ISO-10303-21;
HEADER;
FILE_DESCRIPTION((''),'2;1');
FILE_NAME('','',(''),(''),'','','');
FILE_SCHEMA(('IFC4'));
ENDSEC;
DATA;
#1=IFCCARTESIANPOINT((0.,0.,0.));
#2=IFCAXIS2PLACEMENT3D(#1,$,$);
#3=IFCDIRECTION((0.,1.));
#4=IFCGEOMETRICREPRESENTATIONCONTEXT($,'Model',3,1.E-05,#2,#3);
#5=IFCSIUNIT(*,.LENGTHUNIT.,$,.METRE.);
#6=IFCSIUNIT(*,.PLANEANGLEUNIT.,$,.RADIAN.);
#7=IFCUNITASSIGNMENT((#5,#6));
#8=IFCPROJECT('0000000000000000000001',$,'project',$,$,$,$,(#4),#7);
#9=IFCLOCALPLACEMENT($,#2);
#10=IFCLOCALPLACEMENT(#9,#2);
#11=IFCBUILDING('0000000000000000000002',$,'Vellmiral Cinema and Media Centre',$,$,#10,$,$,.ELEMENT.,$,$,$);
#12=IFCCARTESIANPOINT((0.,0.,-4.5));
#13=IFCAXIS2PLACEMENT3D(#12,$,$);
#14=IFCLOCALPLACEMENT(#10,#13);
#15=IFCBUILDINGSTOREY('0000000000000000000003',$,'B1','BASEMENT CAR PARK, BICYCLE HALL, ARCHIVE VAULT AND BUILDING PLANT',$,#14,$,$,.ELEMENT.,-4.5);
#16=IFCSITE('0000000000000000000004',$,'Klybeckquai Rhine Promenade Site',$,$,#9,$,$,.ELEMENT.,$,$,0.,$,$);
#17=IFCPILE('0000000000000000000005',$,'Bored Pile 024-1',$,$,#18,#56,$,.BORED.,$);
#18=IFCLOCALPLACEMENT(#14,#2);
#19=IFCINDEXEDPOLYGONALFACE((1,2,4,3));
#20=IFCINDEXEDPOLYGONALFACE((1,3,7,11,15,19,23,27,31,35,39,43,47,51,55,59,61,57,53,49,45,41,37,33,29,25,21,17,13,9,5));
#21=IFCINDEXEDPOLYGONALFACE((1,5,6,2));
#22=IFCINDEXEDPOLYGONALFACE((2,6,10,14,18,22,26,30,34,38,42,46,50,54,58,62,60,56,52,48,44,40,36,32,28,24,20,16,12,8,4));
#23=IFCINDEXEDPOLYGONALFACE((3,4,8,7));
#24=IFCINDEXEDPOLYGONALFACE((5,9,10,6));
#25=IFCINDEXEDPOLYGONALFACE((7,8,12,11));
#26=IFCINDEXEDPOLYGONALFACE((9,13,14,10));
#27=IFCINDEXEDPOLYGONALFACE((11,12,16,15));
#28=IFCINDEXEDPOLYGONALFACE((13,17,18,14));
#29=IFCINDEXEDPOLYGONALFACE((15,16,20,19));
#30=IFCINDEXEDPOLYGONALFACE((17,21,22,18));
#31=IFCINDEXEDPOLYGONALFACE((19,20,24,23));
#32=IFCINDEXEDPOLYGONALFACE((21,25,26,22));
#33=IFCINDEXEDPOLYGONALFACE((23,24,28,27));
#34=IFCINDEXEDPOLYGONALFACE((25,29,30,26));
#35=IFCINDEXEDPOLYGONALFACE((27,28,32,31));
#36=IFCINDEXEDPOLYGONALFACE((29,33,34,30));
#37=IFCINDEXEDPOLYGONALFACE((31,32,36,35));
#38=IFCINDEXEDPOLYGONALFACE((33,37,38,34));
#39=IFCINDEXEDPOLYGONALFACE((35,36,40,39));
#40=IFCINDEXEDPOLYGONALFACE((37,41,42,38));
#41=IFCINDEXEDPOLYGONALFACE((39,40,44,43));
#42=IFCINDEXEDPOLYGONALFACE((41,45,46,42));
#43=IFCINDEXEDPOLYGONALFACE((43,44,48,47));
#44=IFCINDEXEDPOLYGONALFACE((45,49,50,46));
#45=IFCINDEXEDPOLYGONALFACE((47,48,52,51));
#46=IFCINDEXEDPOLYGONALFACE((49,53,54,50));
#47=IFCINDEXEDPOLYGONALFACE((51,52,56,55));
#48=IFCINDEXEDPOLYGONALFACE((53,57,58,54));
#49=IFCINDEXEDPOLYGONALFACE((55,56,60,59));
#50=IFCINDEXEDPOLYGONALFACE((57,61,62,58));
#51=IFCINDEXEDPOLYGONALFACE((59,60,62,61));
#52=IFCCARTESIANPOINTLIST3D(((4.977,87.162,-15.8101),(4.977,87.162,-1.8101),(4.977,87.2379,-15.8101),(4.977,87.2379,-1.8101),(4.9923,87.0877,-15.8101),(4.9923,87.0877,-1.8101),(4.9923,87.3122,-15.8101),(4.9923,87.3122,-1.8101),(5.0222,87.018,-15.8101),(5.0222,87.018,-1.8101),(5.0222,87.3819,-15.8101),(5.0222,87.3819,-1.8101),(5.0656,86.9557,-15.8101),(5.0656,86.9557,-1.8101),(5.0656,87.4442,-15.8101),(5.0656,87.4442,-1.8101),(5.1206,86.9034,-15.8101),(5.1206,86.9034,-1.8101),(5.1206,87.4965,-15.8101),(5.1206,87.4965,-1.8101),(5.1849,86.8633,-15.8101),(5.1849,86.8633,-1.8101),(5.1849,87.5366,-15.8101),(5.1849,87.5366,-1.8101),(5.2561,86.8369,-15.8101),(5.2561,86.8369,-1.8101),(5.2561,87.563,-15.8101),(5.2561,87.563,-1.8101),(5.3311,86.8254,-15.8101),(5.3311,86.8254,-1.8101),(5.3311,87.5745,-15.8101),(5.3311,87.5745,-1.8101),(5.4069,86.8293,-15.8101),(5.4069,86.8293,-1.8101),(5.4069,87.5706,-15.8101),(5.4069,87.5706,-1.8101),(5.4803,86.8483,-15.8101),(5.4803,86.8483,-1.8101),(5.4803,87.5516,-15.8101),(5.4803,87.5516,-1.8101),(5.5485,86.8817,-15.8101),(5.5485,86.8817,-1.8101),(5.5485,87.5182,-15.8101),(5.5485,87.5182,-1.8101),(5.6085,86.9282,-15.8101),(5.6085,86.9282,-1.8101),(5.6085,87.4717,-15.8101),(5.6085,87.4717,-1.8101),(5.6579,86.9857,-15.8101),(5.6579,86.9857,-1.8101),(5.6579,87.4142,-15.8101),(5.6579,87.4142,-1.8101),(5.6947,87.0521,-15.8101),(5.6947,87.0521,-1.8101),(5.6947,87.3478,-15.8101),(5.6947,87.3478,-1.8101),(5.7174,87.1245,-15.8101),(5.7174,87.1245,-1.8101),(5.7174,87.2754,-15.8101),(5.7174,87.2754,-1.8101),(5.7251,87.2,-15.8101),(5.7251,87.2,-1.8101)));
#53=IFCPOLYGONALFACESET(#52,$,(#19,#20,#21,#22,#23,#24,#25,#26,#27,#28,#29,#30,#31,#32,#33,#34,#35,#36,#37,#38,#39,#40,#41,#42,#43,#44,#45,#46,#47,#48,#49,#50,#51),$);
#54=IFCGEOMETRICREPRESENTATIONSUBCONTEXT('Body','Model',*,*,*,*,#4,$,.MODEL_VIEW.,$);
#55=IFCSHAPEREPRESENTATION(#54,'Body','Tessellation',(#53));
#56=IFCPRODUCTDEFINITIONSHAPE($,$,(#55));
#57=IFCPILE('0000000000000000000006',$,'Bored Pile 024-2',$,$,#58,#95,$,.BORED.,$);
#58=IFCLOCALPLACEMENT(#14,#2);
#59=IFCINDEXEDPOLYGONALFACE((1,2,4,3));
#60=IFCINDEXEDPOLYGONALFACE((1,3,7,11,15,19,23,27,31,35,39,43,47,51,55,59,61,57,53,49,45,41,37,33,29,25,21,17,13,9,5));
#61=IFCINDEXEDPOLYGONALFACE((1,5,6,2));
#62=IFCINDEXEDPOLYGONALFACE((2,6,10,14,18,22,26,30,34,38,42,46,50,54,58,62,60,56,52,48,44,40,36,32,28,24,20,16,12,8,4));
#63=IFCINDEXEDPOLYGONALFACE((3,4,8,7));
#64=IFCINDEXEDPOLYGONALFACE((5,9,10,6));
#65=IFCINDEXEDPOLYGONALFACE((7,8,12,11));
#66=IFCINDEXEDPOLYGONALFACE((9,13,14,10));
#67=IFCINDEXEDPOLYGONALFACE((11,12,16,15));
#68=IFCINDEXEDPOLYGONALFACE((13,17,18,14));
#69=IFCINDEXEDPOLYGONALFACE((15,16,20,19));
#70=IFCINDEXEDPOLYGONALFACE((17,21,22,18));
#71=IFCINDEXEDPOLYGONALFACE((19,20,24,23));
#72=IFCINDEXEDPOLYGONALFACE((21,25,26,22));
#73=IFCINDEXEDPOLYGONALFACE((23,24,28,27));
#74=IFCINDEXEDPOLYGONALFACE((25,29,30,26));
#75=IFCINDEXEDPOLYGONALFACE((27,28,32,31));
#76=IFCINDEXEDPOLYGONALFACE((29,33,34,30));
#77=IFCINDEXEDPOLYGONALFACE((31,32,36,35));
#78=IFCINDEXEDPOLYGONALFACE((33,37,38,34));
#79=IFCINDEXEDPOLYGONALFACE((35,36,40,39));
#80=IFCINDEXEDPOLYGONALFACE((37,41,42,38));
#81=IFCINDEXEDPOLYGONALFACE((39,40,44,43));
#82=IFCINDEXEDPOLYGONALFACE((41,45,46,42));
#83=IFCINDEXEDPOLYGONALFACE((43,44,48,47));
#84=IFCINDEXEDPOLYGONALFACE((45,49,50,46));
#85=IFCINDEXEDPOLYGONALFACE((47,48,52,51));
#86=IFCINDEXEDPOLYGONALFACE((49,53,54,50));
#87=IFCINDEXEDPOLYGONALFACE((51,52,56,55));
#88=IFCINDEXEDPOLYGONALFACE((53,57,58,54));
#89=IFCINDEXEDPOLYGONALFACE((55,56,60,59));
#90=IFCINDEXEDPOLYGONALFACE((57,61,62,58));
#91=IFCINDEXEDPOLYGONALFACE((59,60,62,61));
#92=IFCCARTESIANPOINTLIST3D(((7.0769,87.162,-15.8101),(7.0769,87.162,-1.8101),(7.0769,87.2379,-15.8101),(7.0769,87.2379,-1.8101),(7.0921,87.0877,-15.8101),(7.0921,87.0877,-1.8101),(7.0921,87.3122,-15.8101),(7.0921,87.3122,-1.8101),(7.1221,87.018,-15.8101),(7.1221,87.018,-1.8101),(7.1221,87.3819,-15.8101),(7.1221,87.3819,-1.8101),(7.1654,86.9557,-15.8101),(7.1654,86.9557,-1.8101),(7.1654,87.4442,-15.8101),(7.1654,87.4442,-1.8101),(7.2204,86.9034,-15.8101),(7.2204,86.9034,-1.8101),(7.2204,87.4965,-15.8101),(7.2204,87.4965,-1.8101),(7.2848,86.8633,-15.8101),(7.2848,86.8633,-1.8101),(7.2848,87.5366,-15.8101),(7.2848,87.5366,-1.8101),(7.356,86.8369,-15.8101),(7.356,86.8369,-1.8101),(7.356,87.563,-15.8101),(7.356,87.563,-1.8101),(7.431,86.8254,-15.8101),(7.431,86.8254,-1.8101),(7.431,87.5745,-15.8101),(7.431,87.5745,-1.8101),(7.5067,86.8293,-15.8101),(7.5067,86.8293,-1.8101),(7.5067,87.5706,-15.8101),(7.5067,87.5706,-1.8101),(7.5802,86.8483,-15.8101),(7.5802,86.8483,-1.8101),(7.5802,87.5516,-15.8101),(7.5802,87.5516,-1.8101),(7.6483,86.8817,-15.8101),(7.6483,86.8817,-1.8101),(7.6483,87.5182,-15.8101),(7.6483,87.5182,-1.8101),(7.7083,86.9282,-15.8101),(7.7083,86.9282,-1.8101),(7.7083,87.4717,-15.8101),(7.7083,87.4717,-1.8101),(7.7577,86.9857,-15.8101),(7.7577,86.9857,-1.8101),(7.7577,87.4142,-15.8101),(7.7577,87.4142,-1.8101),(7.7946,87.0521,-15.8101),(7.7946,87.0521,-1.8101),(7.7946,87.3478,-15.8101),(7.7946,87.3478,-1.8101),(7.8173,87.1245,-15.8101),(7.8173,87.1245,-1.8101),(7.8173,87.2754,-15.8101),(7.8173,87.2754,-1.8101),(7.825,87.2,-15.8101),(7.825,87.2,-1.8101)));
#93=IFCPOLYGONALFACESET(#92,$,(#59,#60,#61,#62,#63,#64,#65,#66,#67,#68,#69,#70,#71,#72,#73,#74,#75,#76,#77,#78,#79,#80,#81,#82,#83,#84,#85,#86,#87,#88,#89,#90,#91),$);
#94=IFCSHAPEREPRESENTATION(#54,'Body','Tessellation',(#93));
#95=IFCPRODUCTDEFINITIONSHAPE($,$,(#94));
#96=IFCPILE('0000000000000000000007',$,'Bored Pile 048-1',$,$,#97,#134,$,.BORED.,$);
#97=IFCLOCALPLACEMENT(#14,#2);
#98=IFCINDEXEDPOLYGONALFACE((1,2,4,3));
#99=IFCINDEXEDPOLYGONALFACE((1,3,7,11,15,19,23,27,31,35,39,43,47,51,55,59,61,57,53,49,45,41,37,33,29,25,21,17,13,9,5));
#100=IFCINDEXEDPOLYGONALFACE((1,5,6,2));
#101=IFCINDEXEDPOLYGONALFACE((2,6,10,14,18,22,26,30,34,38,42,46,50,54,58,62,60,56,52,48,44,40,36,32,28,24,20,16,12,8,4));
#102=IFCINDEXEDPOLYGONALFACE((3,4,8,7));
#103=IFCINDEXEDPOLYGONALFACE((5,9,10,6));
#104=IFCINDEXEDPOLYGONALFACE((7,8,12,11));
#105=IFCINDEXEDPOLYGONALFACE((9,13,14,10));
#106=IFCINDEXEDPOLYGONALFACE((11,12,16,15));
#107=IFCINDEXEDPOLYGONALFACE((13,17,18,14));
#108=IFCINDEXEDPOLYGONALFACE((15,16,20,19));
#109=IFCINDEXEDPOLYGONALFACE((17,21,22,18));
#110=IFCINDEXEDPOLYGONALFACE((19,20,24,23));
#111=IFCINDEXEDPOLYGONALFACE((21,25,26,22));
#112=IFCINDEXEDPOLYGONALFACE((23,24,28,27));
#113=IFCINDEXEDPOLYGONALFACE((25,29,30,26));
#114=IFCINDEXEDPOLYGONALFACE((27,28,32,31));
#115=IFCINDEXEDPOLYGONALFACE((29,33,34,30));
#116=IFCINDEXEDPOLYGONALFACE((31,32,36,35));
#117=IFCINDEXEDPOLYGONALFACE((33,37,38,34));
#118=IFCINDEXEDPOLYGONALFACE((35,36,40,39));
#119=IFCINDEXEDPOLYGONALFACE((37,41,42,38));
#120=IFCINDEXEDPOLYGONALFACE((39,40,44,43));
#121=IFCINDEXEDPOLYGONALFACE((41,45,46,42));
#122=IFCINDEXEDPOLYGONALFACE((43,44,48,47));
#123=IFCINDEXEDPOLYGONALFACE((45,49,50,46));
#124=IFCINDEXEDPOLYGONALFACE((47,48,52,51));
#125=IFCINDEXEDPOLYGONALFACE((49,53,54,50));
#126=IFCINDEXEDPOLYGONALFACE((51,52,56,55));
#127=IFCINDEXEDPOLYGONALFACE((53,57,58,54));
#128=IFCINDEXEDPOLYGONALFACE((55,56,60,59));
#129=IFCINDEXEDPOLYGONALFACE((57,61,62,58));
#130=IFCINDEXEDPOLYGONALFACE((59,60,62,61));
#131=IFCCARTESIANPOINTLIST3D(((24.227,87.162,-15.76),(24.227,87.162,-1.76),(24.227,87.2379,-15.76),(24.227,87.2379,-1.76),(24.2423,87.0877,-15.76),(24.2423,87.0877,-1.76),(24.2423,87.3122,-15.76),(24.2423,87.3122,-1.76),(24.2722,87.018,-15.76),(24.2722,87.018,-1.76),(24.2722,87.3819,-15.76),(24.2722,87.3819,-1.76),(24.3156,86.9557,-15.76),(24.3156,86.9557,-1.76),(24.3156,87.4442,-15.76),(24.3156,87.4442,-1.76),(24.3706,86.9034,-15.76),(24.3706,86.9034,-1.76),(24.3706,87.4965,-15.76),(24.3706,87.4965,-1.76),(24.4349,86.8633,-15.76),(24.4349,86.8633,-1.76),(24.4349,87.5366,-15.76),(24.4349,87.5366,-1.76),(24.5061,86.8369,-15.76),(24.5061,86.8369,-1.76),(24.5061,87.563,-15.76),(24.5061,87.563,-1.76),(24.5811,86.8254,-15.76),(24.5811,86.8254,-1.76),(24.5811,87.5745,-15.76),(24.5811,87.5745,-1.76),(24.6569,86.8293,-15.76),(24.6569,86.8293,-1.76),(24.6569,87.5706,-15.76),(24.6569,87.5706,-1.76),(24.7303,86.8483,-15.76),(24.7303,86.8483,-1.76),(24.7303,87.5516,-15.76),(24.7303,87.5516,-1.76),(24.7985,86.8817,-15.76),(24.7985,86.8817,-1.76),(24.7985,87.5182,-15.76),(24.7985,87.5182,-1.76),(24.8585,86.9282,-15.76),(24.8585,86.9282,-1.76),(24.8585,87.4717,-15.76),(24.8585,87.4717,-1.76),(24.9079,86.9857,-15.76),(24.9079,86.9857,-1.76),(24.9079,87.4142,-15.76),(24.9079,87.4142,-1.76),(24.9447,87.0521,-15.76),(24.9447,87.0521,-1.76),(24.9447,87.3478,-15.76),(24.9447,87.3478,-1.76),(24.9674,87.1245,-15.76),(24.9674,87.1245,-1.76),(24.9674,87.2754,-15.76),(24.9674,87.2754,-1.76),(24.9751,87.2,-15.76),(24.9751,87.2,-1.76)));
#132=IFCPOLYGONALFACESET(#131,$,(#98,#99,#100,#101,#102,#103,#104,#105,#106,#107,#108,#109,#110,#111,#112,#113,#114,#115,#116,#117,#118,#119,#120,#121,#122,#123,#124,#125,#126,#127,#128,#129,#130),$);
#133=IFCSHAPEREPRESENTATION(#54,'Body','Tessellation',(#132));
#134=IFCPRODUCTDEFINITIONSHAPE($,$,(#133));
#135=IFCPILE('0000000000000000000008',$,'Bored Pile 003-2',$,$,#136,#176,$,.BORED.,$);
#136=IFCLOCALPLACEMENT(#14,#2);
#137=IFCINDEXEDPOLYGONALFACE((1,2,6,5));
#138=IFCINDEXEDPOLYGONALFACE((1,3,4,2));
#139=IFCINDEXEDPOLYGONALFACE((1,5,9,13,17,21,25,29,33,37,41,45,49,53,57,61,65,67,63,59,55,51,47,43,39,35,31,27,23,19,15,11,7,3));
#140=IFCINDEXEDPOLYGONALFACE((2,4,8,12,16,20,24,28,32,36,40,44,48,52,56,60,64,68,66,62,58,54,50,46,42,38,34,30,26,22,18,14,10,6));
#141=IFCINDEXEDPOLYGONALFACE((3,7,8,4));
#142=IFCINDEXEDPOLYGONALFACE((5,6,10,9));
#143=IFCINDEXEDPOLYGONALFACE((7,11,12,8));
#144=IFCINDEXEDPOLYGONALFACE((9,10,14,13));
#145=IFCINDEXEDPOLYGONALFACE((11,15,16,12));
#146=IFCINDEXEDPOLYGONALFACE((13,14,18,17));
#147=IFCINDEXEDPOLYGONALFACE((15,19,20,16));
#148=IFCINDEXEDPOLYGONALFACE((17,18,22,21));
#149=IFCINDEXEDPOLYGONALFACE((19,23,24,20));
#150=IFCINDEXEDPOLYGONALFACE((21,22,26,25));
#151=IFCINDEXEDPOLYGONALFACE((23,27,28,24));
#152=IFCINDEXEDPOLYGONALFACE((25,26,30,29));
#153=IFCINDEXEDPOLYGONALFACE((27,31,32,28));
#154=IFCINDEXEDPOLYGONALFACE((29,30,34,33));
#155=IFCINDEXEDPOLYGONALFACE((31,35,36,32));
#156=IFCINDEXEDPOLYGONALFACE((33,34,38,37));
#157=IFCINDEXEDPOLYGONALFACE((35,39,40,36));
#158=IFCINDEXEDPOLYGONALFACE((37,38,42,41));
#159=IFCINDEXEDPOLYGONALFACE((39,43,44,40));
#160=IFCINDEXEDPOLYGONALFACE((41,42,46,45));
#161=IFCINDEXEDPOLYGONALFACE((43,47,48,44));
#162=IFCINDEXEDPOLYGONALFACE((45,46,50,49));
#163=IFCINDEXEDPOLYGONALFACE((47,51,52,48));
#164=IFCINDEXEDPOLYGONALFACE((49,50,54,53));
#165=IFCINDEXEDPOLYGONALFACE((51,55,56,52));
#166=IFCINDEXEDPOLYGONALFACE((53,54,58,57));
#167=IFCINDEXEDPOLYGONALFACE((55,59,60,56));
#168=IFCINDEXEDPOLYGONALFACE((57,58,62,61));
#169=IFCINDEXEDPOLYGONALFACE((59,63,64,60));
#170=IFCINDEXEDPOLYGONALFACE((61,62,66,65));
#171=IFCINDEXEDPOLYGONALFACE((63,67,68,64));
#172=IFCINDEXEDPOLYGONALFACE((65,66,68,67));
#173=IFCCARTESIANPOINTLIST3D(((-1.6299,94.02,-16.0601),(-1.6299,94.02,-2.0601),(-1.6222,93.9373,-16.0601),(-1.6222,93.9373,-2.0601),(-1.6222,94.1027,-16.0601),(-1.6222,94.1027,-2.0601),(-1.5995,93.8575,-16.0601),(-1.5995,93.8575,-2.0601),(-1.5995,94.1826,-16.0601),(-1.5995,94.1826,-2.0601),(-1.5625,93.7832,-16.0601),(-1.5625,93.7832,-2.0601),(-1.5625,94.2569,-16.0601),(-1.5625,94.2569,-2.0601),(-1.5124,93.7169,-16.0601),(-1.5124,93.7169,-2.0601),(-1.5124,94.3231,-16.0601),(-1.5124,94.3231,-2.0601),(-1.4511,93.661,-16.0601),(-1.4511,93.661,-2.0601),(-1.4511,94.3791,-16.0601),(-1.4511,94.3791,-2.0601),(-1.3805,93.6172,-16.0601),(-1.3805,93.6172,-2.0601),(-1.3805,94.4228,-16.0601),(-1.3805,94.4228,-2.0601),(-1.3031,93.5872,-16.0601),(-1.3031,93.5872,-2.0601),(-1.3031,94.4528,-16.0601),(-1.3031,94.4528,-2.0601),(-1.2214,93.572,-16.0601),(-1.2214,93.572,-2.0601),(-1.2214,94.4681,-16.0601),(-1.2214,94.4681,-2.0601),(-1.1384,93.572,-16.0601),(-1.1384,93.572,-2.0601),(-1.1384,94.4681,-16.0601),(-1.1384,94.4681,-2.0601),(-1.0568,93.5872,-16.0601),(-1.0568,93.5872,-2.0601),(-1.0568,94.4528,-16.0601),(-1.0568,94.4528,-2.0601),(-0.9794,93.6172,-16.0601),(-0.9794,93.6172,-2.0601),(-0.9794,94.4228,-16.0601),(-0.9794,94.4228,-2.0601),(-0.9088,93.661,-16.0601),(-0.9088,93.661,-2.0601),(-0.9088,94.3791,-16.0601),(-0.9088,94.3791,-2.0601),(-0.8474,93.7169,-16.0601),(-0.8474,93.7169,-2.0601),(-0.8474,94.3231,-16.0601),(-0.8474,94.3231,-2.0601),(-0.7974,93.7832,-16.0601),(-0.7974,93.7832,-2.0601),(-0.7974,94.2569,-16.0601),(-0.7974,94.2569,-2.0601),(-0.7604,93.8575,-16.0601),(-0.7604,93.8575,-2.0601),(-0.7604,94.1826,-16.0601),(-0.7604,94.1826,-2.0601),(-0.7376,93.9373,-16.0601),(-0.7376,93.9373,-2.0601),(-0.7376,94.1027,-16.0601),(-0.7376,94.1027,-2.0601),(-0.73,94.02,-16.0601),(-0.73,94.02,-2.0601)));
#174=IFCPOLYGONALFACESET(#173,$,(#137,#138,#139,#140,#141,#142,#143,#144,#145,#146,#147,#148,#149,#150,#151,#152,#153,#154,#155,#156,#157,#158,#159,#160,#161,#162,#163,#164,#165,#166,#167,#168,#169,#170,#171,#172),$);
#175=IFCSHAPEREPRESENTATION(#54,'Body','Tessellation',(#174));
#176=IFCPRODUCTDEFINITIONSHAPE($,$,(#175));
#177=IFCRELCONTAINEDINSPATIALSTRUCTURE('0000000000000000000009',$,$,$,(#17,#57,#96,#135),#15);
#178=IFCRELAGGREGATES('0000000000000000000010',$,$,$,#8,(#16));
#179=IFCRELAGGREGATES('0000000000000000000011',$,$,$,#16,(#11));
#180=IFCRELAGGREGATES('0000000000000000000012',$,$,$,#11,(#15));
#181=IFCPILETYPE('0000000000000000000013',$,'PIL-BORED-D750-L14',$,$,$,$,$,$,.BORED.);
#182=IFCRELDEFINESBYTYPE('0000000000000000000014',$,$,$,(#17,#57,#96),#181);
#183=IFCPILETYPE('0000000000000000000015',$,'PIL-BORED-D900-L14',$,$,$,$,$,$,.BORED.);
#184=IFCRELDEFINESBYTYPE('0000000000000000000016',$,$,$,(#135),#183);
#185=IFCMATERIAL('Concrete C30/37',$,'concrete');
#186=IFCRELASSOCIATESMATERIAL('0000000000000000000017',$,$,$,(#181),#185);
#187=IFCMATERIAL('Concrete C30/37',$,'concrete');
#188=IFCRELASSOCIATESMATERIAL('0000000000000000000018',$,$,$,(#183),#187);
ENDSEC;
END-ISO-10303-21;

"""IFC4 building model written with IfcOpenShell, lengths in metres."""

from ifc_helpers import new_model, si_unit, direction, frame, origin, origin_2d, place, context, subcontext, project, spatial, circle, extrude, material, material_profile, profile_set, type_object, element, save


model = new_model("IFC4")

# Units and contexts
model_context = context("Model", 3, precision=1e-05, world=origin(), true_north=direction((0.0, 1.0)))
body_context = subcontext(model_context, "Body", "Model", "MODEL_VIEW")
ifc_project = project(units=[si_unit("LENGTHUNIT", "METRE"), si_unit("PLANEANGLEUNIT", "RADIAN")], contexts=[model_context])

# Site, building, storey
site_placement = place(None, origin())
site = spatial("IfcSite", under=ifc_project, at=site_placement, Name="Klybeckquai Rhine Promenade Site", CompositionType="ELEMENT", RefElevation=0.0)
building_placement = place(site_placement, origin())
building = spatial("IfcBuilding", under=site, at=building_placement, Name="Vellmiral Cinema and Media Centre", CompositionType="ELEMENT")
storey_placement = place(building_placement, frame((0.0, 0.0, -4.5)))
storey = spatial("IfcBuildingStorey", under=building, at=storey_placement, Name="B1", Description="BASEMENT CAR PARK, BICYCLE HALL, ARCHIVE VAULT AND BUILDING PLANT", CompositionType="ELEMENT", Elevation=-4.5)

# Piles
ifc_material_1 = material(Name="Concrete C30/37", Category="concrete")
ifc_material_profile_1 = material_profile(ifc_material_1, circle(Radius=0.375, at=origin_2d()), Name="PILE D750")
ifc_profile_set_1 = profile_set([ifc_material_profile_1], Name="Concrete C30/37")
pile_type_1 = type_object("IfcPileType", Name="PIL-BORED-D750-L14", PredefinedType="BORED", material=ifc_profile_set_1)
for number, where, z_axis, x_axis, name in (
    (1, (5.3501, 87.2, -1.8101), (0.0, 0.0, -1.0), (1.0, 0.0, 0.0), "Bored Pile 024-1"),
    (2, (7.45, 87.2, -1.8101), (0.0, 0.0, -1.0), (1.0, 0.0, 0.0), "Bored Pile 024-2"),
    (3, (24.6001, 87.2, -1.76), (0.0, 0.0, -1.0), (1.0, 0.0, 0.0), "Bored Pile 048-1"),
):
    element("IfcPile", number, at=place(storey_placement, frame(where, z_axis=z_axis, x_axis=x_axis)), inside=storey, type_object=pile_type_1, Name=name, PredefinedType="BORED", context=body_context, shape_type="SweptSolid", body=[
        extrude(circle(Radius=0.375, at=origin_2d()), origin(), (0.0, 0.0, 1.0), 14.0),
    ])
ifc_material_2 = material(Name="Concrete C30/37", Category="concrete")
ifc_material_profile_2 = material_profile(ifc_material_2, circle(Radius=0.45, at=origin_2d()), Name="PILE D900")
ifc_profile_set_2 = profile_set([ifc_material_profile_2], Name="Concrete C30/37")
pile_type_2 = type_object("IfcPileType", Name="PIL-BORED-D900-L14", PredefinedType="BORED", material=ifc_profile_set_2)
for number, where, z_axis, x_axis, name in (
    (4, (-1.1799, 94.02, -2.0601), (0.0, 0.0, -1.0), (1.0, 0.0, 0.0), "Bored Pile 003-2"),
):
    element("IfcPile", number, at=place(storey_placement, frame(where, z_axis=z_axis, x_axis=x_axis)), inside=storey, type_object=pile_type_2, Name=name, PredefinedType="BORED", context=body_context, shape_type="SweptSolid", body=[
        extrude(circle(Radius=0.45, at=origin_2d()), origin(), (0.0, 0.0, 1.0), 14.0),
    ])

save(model, "model.ifc")
